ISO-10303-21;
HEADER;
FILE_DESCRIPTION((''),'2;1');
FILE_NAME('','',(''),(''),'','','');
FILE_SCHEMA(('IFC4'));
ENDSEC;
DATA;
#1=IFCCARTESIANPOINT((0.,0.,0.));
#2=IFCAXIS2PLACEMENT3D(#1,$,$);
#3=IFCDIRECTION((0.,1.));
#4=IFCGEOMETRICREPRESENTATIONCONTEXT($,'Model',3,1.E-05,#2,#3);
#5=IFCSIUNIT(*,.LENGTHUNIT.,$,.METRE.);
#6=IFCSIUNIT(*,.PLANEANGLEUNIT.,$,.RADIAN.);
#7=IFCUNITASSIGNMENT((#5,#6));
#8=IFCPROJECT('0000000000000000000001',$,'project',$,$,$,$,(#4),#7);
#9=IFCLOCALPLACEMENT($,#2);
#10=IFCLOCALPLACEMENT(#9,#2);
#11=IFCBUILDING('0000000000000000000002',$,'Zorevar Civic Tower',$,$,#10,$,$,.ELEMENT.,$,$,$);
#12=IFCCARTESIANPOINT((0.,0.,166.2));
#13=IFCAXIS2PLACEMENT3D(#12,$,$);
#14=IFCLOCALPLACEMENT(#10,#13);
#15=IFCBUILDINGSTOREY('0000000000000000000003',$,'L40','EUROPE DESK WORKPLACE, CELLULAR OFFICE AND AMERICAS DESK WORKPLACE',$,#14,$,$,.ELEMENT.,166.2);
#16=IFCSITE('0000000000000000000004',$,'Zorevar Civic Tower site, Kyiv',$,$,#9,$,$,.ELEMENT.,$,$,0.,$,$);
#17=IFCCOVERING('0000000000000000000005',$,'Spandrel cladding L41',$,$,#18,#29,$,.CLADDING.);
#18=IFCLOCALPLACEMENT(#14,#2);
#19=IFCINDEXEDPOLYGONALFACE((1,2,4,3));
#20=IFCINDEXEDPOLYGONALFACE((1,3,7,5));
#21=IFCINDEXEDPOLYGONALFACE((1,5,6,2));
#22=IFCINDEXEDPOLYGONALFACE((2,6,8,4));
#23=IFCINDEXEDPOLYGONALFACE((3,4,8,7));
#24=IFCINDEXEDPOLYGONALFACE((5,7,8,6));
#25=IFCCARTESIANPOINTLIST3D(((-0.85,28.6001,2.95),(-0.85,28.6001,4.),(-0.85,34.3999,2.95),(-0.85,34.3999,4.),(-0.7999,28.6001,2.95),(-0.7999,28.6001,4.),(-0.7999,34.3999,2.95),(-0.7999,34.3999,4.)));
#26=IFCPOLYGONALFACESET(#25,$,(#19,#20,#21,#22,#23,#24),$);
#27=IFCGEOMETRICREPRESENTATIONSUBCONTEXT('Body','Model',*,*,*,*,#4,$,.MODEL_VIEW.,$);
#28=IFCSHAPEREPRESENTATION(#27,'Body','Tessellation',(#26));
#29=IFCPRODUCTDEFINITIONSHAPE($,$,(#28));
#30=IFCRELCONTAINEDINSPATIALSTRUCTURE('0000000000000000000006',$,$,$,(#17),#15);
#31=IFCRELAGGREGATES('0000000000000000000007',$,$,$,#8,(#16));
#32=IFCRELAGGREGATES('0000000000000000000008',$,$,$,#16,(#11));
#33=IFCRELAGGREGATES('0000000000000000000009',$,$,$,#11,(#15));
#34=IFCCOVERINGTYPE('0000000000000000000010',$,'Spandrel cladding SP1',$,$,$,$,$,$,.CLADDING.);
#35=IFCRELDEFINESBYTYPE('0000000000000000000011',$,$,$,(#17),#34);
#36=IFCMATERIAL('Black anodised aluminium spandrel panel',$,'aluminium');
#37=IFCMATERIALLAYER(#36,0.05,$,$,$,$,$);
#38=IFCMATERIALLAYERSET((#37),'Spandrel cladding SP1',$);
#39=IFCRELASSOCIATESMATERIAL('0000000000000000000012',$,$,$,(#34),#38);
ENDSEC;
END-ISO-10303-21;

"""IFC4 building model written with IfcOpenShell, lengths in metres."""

from ifc_helpers import new_model, si_unit, direction, frame, frame_2d, origin, place, context, subcontext, project, spatial, rectangle, extrude, material, layer, layer_set, type_object, element, save


model = new_model("IFC4")

# Units and contexts
model_context = context("Model", 3, precision=1e-05, world=origin(), true_north=direction((0.0, 1.0)))
body_context = subcontext(model_context, "Body", "Model", "MODEL_VIEW")
ifc_project = project(units=[si_unit("LENGTHUNIT", "METRE"), si_unit("PLANEANGLEUNIT", "RADIAN")], contexts=[model_context])

# Site, building, storey
site_placement = place(None, origin())
site = spatial("IfcSite", under=ifc_project, at=site_placement, Name="Zorevar Civic Tower site, Kyiv", CompositionType="ELEMENT", RefElevation=0.0)
building_placement = place(site_placement, origin())
building = spatial("IfcBuilding", under=site, at=building_placement, Name="Zorevar Civic Tower", CompositionType="ELEMENT")
storey_placement = place(building_placement, frame((0.0, 0.0, 166.2)))
storey = spatial("IfcBuildingStorey", under=building, at=storey_placement, Name="L40", Description="EUROPE DESK WORKPLACE, CELLULAR OFFICE AND AMERICAS DESK WORKPLACE", CompositionType="ELEMENT", Elevation=166.2)

# Covering
ifc_material_1 = material(Name="Black anodised aluminium spandrel panel", Category="aluminium")
ifc_layer_1 = layer(ifc_material_1, 0.05)
ifc_layer_set_1 = layer_set([ifc_layer_1], Name="Spandrel cladding SP1")
covering_type = type_object("IfcCoveringType", Name="Spandrel cladding SP1", PredefinedType="CLADDING", material=ifc_layer_set_1)
covering_placement = place(storey_placement, frame((-0.825, 28.6001, 2.95), z_axis=(0.0, 0.0, 1.0), x_axis=(0.0, 1.0, 0.0)))
element("IfcCovering", 1, at=covering_placement, inside=storey, type_object=covering_type, Name="Spandrel cladding L41", PredefinedType="CLADDING", context=body_context, shape_type="SweptSolid", body=[
    extrude(rectangle(XDim=5.7998, YDim=0.05, at=frame_2d((2.8999, 0.0))), origin(), (0.0, 0.0, 1.0), 1.05),
])

save(model, "model.ifc")
